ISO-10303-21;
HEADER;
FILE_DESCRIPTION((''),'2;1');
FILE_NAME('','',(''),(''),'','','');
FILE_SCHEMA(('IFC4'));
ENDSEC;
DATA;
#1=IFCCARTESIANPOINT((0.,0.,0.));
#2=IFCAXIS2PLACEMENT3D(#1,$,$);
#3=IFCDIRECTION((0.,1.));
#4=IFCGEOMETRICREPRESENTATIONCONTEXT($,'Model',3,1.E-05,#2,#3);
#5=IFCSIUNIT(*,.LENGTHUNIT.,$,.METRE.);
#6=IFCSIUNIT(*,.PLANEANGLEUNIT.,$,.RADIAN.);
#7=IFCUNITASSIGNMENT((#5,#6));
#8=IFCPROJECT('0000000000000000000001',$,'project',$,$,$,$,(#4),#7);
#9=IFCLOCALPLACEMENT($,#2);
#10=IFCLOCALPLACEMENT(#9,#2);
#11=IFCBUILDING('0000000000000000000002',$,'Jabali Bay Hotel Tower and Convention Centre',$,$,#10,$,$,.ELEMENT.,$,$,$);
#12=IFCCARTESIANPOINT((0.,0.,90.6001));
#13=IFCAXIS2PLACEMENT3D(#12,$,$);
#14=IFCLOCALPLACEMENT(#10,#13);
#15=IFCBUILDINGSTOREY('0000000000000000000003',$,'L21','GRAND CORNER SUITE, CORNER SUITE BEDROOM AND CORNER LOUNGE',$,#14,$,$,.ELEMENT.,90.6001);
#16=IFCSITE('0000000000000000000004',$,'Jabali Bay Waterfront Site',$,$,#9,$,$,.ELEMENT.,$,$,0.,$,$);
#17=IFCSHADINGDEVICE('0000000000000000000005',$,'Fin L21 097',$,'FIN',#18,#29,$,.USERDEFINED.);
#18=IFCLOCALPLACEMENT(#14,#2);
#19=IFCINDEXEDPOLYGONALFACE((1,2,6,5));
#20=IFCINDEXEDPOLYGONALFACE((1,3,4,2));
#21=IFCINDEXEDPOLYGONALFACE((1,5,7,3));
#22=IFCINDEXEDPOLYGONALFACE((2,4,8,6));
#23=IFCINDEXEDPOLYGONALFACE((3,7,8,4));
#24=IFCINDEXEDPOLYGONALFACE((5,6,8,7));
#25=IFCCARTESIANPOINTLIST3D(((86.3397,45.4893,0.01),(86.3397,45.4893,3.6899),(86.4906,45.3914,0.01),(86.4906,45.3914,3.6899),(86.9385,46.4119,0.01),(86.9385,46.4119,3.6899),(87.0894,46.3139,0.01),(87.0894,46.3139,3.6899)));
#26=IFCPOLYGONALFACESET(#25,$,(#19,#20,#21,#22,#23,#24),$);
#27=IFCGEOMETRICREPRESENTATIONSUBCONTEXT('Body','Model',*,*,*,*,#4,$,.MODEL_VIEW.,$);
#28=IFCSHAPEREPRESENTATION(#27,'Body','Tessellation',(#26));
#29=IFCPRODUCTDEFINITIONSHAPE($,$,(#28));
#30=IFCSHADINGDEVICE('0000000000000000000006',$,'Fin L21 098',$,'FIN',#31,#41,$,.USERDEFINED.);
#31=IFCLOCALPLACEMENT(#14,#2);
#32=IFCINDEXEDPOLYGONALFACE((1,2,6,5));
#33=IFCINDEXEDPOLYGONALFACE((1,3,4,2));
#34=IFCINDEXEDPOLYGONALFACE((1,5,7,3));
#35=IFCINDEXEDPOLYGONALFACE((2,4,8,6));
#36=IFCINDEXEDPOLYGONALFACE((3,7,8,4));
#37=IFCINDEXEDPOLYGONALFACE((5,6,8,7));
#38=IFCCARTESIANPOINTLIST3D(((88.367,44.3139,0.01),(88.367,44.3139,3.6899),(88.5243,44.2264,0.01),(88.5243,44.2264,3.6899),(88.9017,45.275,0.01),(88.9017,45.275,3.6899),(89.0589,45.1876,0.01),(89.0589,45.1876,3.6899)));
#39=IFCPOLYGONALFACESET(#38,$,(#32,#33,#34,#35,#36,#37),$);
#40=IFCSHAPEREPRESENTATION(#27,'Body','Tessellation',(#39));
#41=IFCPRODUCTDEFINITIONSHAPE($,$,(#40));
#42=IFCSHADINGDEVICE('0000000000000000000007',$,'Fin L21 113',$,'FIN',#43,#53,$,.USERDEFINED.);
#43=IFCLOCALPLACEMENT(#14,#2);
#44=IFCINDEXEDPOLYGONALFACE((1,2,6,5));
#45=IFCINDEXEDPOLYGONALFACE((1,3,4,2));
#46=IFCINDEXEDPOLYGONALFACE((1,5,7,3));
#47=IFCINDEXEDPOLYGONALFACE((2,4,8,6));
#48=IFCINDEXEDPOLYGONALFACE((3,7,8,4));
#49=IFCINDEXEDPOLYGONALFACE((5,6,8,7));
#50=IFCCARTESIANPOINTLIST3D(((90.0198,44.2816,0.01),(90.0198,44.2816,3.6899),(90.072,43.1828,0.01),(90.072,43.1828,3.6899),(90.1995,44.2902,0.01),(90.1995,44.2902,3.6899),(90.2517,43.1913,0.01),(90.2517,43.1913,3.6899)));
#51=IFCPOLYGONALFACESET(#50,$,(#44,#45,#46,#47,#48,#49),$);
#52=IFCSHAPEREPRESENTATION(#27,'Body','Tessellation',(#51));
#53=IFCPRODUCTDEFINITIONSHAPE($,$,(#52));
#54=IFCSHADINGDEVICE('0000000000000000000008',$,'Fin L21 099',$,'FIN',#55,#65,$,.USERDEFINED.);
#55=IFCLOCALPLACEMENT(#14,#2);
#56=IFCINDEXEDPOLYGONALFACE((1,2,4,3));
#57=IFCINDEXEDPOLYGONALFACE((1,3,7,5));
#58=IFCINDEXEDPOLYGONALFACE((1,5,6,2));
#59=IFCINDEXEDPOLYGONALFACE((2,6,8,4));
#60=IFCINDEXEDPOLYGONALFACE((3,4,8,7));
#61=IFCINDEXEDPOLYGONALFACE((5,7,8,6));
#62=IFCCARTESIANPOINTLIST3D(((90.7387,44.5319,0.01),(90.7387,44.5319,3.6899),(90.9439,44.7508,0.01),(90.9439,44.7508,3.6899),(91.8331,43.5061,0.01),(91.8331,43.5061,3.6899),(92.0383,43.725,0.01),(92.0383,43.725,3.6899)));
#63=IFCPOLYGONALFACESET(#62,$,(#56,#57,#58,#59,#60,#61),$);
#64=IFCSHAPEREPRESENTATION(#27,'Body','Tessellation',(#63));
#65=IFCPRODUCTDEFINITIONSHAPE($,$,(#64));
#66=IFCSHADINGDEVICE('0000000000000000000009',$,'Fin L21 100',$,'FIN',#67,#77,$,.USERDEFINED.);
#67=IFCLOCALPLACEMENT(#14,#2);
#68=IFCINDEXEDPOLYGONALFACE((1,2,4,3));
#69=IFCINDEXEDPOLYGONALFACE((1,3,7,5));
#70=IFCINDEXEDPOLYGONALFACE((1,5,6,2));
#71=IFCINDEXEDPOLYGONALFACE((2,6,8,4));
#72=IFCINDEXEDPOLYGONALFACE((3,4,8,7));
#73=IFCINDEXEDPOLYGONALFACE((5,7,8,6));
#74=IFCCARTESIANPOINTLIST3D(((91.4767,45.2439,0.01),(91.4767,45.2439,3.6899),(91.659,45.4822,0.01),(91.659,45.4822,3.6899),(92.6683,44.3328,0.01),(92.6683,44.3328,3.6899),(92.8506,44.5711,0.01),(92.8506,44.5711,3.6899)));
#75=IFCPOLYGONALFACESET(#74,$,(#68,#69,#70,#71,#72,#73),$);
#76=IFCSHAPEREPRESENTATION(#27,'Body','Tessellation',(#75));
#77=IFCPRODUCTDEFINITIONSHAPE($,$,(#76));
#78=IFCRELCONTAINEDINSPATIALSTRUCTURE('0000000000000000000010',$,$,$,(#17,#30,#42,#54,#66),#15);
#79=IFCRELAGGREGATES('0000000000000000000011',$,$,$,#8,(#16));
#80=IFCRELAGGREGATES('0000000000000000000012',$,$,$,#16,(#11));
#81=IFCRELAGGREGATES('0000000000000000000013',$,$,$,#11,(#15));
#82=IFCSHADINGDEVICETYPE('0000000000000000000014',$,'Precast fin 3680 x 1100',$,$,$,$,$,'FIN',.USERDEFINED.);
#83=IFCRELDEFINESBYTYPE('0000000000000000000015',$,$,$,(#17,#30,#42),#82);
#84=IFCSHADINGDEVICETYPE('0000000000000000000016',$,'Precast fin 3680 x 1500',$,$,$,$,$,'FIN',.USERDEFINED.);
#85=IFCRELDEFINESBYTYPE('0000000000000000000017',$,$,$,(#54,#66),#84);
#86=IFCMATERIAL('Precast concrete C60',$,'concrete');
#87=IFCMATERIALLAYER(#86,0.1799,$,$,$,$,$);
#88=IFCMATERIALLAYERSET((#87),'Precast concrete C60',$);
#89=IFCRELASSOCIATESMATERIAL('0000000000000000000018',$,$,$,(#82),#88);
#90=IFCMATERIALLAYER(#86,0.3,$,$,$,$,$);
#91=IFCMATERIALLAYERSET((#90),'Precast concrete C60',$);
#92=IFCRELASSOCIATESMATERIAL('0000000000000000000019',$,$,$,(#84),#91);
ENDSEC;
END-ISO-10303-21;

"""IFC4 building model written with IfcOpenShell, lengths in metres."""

from ifc_helpers import new_model, si_unit, direction, frame, frame_2d, origin, place, context, subcontext, project, spatial, rectangle, extrude, material, layer, layer_set, type_object, element, save


model = new_model("IFC4")

# Units and contexts
model_context = context("Model", 3, precision=1e-05, world=origin(), true_north=direction((0.0, 1.0)))
body_context = subcontext(model_context, "Body", "Model", "MODEL_VIEW")
ifc_project = project(units=[si_unit("LENGTHUNIT", "METRE"), si_unit("PLANEANGLEUNIT", "RADIAN")], contexts=[model_context])

# Site, building, storey
site_placement = place(None, origin())
site = spatial("IfcSite", under=ifc_project, at=site_placement, Name="Jabali Bay Waterfront Site", CompositionType="ELEMENT", RefElevation=0.0)
building_placement = place(site_placement, origin())
building = spatial("IfcBuilding", under=site, at=building_placement, Name="Jabali Bay Hotel Tower and Convention Centre", CompositionType="ELEMENT")
storey_placement = place(building_placement, frame((0.0, 0.0, 90.6001)))
storey = spatial("IfcBuildingStorey", under=building, at=storey_placement, Name="L21", Description="GRAND CORNER SUITE, CORNER SUITE BEDROOM AND CORNER LOUNGE", CompositionType="ELEMENT", Elevation=90.6001)

# Shading devices
ifc_material_1 = material(Name="Precast concrete C60", Category="concrete")
ifc_layer_1 = layer(ifc_material_1, 0.1799)
ifc_layer_set_1 = layer_set([ifc_layer_1], Name="Precast concrete C60")
shading_device_type_1 = type_object("IfcShadingDeviceType", Name="Precast fin 3680 x 1100", ElementType="FIN", PredefinedType="USERDEFINED", material=ifc_layer_set_1)
for number, where, z_axis, x_axis, name in (
    (1, (87.0139, 46.3628, 0.01), (0.0, 0.0, 1.0), (-0.544466, -0.838783, 0.0), "Fin L21 097"),
    (2, (88.9802, 45.2312, 0.01), (0.0, 0.0, 1.0), (-0.486114, -0.873895, 0.0), "Fin L21 098"),
):
    element("IfcShadingDevice", number, at=place(storey_placement, frame(where, z_axis=z_axis, x_axis=x_axis)), inside=storey, type_object=shading_device_type_1, Name=name, ObjectType="FIN", PredefinedType="USERDEFINED", context=body_context, shape_type="SweptSolid", body=[
        extrude(rectangle(XDim=1.0999, YDim=0.1799, at=frame_2d((0.5498, 0.0))), origin(), (0.0, 0.0, 1.0), 3.6799),
    ])
shading_device_1_placement = place(storey_placement, frame((90.1096, 44.2859, 0.01), z_axis=(0.0, 0.0, 1.0), x_axis=(0.047491, -0.998872, 0.0)))
element("IfcShadingDevice", 3, at=shading_device_1_placement, inside=storey, type_object=shading_device_type_1, Name="Fin L21 113", ObjectType="FIN", PredefinedType="USERDEFINED", context=body_context, shape_type="SweptSolid", body=[
    extrude(rectangle(XDim=1.1001, YDim=0.1799, at=frame_2d((0.55, 0.0))), origin(), (0.0, 0.0, 1.0), 3.6799),
])
ifc_layer_2 = layer(ifc_material_1, 0.3)
ifc_layer_set_2 = layer_set([ifc_layer_2], Name="Precast concrete C60")
shading_device_type_2 = type_object("IfcShadingDeviceType", Name="Precast fin 3680 x 1500", ElementType="FIN", PredefinedType="USERDEFINED", material=ifc_layer_set_2)
for number, where, z_axis, x_axis, name in (
    (4, (90.8413, 44.6414, 0.01), (0.0, 0.0, 1.0), (0.729603, -0.683871, 0.0), "Fin L21 099"),
    (5, (91.5679, 45.363, 0.01), (0.0, 0.0, 1.0), (0.794399, -0.607396, 0.0), "Fin L21 100"),
):
    element("IfcShadingDevice", number, at=place(storey_placement, frame(where, z_axis=z_axis, x_axis=x_axis)), inside=storey, type_object=shading_device_type_2, Name=name, ObjectType="FIN", PredefinedType="USERDEFINED", context=body_context, shape_type="SweptSolid", body=[
        extrude(rectangle(XDim=1.5, YDim=0.3, at=frame_2d((0.75, 0.0))), origin(), (0.0, 0.0, 1.0), 3.6799),
    ])

save(model, "model.ifc")
